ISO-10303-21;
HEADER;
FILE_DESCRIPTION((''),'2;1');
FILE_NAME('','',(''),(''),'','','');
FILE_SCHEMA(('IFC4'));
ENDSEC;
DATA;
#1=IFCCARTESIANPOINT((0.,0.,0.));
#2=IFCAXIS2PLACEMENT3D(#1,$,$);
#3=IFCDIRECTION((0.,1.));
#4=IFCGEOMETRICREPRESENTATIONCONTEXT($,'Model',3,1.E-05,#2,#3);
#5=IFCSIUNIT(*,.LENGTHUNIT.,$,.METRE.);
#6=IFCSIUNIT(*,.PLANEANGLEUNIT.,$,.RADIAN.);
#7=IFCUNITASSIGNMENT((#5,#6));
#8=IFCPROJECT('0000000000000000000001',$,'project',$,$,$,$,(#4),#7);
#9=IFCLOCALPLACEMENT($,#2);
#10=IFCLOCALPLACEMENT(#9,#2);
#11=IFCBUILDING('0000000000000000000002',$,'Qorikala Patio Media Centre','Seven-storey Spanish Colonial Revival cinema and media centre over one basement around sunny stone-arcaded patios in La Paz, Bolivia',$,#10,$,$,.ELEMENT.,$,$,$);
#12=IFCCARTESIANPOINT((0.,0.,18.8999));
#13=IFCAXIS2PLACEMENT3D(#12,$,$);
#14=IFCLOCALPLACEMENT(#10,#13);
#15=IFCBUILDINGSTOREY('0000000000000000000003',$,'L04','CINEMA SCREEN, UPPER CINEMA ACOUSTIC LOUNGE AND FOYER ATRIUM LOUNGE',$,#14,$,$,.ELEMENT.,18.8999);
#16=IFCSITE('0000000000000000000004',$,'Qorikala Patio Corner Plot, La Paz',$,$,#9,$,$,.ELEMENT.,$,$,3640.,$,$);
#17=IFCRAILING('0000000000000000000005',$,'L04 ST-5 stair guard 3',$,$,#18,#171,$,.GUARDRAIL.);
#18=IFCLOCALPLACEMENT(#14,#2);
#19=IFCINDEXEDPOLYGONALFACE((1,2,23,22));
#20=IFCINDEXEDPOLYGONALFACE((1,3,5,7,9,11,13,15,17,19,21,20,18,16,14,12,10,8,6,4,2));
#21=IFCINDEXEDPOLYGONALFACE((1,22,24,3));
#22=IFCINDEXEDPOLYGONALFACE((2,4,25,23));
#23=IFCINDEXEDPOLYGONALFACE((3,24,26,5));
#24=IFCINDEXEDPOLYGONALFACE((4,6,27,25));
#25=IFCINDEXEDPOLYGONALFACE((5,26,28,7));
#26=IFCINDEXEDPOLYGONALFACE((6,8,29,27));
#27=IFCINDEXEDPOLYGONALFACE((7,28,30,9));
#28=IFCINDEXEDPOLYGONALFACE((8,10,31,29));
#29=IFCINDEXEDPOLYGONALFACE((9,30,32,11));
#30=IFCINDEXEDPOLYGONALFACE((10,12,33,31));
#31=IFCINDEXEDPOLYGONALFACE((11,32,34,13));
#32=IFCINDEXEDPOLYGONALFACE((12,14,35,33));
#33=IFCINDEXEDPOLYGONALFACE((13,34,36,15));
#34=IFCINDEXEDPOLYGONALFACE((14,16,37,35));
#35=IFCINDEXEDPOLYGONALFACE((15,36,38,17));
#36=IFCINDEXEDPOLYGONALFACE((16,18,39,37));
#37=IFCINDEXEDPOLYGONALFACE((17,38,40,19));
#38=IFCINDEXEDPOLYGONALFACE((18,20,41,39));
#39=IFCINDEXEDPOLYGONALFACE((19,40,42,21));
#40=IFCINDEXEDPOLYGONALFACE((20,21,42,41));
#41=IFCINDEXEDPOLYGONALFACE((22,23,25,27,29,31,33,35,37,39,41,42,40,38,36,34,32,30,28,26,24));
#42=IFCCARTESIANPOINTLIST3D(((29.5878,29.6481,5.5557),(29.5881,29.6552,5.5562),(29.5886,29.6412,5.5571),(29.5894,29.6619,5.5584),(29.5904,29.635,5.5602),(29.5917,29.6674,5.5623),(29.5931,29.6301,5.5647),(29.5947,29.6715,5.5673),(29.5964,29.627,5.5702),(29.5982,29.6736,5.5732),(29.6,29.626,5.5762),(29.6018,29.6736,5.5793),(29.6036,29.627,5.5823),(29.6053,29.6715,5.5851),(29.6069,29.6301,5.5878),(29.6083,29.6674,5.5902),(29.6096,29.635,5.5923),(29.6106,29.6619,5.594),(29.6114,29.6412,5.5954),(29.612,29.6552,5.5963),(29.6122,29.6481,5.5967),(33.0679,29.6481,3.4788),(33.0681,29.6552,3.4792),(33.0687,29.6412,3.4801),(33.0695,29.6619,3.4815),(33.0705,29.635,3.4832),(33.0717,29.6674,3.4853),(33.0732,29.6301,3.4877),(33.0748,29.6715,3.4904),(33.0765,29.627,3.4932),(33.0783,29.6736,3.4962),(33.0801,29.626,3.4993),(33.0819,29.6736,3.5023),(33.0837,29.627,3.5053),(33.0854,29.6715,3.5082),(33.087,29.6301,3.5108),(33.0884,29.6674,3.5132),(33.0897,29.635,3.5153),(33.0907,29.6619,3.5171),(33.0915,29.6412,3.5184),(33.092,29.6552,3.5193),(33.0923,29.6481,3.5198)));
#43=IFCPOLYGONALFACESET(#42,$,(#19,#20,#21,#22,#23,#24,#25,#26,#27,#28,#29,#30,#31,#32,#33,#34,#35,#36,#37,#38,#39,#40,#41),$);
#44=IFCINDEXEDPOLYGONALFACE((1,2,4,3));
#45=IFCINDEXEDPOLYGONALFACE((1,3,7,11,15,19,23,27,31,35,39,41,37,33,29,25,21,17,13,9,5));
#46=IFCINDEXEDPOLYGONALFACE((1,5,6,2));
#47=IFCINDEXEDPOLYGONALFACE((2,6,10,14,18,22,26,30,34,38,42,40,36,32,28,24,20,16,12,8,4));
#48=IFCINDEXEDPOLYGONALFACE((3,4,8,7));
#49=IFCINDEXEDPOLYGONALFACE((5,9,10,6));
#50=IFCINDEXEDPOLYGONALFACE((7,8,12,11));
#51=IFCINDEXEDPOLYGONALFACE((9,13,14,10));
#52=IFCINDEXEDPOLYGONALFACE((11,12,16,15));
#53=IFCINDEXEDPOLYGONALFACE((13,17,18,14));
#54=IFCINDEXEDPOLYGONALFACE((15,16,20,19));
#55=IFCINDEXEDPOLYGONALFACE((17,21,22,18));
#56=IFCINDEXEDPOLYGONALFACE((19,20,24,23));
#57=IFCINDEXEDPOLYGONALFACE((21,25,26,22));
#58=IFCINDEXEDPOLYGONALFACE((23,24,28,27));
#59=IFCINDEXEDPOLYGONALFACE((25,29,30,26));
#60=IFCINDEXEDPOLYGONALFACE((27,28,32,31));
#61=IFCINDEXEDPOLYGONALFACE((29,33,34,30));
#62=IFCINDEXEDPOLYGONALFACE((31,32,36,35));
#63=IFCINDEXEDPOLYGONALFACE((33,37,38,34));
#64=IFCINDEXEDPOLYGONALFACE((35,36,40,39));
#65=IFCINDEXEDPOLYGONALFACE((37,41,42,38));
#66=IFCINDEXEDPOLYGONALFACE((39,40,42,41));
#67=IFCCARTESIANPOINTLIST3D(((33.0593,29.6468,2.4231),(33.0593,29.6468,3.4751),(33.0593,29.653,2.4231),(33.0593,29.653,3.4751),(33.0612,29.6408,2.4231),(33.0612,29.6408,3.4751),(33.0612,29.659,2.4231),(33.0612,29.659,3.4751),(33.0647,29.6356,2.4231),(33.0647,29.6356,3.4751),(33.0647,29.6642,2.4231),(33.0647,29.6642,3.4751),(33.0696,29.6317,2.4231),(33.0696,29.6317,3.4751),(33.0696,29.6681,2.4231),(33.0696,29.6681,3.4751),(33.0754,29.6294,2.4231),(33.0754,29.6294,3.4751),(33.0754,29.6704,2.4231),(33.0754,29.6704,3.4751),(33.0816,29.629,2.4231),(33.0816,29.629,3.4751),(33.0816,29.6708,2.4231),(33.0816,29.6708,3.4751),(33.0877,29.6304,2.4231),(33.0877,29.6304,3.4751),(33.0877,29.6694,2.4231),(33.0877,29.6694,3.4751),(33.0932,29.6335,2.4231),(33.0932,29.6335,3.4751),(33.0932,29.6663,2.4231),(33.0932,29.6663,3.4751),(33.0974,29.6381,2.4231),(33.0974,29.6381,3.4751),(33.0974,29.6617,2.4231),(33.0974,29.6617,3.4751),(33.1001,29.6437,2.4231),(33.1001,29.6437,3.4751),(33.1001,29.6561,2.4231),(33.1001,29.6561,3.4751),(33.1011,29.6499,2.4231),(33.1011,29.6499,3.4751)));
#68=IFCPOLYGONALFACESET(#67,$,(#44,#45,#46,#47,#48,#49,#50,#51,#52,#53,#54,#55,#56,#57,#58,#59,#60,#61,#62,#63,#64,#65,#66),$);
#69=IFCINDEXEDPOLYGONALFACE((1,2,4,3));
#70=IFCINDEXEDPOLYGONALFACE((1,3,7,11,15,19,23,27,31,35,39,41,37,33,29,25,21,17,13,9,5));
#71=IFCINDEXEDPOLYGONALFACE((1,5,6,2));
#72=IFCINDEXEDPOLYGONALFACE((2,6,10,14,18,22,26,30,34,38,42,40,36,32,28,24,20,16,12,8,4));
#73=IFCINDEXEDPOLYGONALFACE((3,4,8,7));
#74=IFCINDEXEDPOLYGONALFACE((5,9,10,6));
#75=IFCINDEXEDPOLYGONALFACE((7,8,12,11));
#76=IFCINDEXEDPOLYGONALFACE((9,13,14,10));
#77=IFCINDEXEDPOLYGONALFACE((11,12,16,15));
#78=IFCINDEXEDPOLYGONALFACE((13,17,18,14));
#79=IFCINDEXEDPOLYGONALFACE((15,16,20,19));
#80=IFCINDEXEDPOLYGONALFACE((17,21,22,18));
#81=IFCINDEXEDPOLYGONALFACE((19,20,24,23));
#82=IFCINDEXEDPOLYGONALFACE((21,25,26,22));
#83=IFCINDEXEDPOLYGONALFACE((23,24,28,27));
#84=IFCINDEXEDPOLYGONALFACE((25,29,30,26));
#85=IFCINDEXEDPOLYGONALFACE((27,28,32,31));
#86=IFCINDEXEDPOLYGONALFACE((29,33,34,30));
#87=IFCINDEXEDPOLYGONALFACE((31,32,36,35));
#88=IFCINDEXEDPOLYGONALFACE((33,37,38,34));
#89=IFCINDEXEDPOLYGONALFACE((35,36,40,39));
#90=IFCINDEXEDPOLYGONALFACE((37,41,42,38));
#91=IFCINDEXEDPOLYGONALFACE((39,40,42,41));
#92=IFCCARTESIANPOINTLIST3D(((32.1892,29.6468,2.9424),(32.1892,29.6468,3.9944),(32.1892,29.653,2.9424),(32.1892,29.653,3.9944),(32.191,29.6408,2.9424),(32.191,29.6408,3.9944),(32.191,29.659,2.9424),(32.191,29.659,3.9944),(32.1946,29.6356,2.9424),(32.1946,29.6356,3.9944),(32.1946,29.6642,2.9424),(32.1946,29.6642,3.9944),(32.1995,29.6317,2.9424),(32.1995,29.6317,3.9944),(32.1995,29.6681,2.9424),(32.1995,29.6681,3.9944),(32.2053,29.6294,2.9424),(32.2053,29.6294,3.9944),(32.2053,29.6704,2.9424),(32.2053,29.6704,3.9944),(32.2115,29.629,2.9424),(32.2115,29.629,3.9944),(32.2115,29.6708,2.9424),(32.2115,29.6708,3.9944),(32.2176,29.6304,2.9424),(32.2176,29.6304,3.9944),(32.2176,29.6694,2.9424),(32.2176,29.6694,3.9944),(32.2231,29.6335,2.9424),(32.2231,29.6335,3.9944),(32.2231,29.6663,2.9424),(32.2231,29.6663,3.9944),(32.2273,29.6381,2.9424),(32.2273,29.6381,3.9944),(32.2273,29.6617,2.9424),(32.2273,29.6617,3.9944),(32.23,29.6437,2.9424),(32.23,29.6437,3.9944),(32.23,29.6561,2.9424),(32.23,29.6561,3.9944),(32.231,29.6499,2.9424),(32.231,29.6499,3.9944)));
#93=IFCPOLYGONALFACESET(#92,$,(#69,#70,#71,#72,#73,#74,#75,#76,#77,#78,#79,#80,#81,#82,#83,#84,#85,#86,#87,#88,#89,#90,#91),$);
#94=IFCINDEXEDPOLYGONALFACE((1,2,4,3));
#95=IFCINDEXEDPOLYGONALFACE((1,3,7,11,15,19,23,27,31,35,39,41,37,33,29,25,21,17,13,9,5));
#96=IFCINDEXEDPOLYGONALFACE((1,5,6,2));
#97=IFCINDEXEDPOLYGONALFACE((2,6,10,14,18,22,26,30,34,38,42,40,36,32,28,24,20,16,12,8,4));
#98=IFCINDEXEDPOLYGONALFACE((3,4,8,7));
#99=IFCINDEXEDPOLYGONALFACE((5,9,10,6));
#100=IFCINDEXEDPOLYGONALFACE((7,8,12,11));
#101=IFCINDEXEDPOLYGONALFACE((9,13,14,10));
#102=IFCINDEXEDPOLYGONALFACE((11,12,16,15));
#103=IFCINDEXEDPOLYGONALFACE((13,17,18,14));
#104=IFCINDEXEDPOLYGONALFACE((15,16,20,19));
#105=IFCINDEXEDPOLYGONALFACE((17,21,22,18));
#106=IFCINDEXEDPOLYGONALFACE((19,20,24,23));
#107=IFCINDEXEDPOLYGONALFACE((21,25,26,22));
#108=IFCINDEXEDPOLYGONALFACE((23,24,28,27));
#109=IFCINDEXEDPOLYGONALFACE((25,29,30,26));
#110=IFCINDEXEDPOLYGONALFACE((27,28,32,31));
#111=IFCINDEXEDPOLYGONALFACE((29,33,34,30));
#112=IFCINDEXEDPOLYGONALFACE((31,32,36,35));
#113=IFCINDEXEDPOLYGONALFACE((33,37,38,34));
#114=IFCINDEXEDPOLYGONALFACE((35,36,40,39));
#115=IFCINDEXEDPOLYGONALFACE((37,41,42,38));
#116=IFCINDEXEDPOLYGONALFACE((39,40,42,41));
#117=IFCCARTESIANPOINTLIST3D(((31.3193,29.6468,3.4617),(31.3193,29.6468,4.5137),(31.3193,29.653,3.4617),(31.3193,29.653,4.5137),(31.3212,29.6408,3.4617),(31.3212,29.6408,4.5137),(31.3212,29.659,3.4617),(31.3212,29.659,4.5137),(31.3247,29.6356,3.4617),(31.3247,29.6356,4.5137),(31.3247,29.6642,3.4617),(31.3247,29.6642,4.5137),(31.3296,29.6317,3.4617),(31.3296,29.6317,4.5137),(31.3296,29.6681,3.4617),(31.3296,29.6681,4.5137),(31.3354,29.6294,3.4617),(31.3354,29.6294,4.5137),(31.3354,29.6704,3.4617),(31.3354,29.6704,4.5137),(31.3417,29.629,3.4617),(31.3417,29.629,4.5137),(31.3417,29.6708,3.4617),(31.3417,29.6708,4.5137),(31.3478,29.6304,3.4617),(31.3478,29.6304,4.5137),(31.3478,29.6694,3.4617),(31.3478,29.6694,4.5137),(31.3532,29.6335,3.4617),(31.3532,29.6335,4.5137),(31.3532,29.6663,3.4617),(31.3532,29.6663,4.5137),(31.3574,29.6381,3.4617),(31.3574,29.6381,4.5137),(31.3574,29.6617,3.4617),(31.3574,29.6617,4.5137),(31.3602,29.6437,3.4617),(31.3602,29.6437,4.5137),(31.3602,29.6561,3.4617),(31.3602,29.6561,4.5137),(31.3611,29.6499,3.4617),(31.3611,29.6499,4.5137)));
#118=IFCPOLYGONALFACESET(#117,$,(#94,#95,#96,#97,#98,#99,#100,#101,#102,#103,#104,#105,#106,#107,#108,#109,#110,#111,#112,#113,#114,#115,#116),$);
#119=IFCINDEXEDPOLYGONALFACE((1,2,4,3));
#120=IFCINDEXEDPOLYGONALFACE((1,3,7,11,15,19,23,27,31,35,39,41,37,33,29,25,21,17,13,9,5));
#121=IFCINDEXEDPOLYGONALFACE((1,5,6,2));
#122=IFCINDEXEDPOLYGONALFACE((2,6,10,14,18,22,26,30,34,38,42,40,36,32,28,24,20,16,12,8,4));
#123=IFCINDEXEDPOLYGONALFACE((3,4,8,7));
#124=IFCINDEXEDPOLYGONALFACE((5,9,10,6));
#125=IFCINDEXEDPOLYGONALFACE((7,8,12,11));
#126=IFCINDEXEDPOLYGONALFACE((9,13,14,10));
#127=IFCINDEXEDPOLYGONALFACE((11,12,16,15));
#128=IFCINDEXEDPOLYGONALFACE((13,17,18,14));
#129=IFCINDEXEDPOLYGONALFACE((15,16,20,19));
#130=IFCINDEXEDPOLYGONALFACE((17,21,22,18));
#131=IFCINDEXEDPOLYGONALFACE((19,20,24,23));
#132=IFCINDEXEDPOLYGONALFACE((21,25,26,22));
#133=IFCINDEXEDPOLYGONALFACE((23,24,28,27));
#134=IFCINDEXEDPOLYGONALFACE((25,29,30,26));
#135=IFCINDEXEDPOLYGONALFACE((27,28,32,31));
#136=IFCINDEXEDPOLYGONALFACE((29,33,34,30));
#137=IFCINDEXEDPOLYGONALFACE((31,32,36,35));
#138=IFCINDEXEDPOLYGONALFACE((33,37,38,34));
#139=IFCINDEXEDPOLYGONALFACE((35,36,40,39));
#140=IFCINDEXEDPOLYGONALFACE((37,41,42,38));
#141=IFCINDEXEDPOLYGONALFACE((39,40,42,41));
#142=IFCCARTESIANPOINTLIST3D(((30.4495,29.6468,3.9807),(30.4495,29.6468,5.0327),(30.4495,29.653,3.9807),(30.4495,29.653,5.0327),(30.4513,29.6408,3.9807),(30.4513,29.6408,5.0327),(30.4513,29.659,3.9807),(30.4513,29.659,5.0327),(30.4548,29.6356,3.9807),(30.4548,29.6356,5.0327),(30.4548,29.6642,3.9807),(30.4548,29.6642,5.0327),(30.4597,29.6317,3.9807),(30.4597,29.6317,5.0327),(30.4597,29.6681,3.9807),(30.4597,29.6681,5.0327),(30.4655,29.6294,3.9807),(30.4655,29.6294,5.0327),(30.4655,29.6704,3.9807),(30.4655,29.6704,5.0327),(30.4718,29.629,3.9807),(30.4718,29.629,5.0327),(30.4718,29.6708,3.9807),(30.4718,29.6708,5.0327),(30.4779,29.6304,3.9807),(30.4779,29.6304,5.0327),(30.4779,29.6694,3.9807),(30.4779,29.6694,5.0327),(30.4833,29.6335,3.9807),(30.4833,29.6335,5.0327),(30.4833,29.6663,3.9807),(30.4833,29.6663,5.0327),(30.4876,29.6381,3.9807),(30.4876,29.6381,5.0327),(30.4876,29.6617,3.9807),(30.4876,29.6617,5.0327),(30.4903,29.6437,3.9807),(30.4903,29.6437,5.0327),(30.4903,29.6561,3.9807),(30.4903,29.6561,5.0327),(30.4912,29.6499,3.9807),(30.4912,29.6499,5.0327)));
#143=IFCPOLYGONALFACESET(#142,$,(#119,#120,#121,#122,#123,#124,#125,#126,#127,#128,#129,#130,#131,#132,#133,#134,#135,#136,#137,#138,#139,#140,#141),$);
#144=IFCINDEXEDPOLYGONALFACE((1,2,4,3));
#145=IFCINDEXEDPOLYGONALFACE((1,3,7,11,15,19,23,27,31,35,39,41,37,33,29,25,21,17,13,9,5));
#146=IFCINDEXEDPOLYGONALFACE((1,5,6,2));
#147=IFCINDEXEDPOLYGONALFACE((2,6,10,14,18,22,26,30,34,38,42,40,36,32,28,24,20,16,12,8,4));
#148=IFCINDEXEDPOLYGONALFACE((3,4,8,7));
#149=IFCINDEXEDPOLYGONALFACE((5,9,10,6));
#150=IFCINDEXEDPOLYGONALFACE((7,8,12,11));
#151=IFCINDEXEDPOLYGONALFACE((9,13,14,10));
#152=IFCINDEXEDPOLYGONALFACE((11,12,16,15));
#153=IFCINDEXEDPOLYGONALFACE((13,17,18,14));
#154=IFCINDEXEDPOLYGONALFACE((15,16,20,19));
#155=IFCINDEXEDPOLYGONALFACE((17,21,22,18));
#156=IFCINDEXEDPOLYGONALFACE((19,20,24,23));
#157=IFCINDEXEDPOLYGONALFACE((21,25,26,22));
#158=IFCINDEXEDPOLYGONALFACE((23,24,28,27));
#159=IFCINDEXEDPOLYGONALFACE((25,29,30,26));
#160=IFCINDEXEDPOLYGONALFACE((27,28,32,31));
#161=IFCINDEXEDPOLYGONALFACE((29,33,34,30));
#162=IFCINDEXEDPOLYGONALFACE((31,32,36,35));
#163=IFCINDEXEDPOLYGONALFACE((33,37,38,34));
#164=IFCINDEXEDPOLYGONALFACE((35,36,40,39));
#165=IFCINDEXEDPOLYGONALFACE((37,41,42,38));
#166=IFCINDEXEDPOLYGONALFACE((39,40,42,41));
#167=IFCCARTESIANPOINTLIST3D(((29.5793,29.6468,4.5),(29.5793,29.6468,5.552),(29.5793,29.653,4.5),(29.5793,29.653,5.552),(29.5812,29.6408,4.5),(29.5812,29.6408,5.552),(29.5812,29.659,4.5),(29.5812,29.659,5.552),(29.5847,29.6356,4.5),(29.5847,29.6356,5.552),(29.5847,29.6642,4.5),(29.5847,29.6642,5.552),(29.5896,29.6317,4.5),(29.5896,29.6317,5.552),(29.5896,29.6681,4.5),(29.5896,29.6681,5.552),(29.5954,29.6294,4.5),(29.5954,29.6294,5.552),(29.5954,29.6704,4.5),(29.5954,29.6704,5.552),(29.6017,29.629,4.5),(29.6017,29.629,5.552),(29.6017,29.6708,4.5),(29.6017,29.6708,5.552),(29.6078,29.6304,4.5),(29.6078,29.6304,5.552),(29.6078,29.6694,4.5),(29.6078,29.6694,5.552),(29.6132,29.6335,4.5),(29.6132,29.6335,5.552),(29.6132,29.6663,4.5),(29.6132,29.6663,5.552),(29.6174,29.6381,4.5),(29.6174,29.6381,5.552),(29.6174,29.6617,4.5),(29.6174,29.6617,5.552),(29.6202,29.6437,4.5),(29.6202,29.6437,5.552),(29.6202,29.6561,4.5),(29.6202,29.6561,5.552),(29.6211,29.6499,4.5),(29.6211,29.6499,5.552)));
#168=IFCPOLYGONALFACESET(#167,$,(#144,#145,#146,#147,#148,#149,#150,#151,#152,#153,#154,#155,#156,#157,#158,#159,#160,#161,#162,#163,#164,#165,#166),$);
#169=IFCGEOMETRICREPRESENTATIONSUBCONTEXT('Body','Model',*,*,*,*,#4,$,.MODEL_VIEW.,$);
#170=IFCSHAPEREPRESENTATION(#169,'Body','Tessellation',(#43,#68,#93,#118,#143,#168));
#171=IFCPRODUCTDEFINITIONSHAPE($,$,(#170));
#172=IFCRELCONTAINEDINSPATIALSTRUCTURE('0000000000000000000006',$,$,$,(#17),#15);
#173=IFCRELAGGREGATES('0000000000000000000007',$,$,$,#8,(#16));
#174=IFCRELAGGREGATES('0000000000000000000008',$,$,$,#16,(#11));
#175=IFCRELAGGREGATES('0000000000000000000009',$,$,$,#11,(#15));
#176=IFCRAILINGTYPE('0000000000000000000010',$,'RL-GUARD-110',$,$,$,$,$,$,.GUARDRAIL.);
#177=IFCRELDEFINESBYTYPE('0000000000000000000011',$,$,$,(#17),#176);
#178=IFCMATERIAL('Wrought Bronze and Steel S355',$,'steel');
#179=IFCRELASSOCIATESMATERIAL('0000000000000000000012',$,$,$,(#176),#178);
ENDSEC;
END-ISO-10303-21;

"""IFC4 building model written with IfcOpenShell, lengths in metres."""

from ifc_helpers import new_model, si_unit, direction, frame, origin, origin_2d, place, context, subcontext, project, spatial, circle, extrude, material, type_object, element, save


model = new_model("IFC4")

# Units and contexts
model_context = context("Model", 3, precision=1e-05, world=origin(), true_north=direction((0.0, 1.0)))
body_context = subcontext(model_context, "Body", "Model", "MODEL_VIEW")
ifc_project = project(units=[si_unit("LENGTHUNIT", "METRE"), si_unit("PLANEANGLEUNIT", "RADIAN")], contexts=[model_context])

# Site, building, storey
site_placement = place(None, origin())
site = spatial("IfcSite", under=ifc_project, at=site_placement, Name="Qorikala Patio Corner Plot, La Paz", CompositionType="ELEMENT", RefElevation=3640.0)
building_placement = place(site_placement, origin())
building = spatial("IfcBuilding", under=site, at=building_placement, Name="Qorikala Patio Media Centre", Description="Seven-storey Spanish Colonial Revival cinema and media centre over one basement around sunny stone-arcaded patios in La Paz, Bolivia", CompositionType="ELEMENT")
storey_placement = place(building_placement, frame((0.0, 0.0, 18.8999)))
storey = spatial("IfcBuildingStorey", under=building, at=storey_placement, Name="L04", Description="CINEMA SCREEN, UPPER CINEMA ACOUSTIC LOUNGE AND FOYER ATRIUM LOUNGE", CompositionType="ELEMENT", Elevation=18.8999)

# Railing
ifc_material_1 = material(Name="Wrought Bronze and Steel S355", Category="steel")
railing_type_1 = type_object("IfcRailingType", Name="RL-GUARD-110", PredefinedType="GUARDRAIL", material=ifc_material_1)
railing_1_placement = place(storey_placement, frame((33.0801, 29.6499, 2.4231)))
element("IfcRailing", 1, at=railing_1_placement, inside=storey, type_object=railing_type_1, Name="L04 ST-5 stair guard 3", PredefinedType="GUARDRAIL", context=body_context, shape_type="SweptSolid", body=[
    extrude(circle(Radius=0.0239, at=origin_2d()), frame((0.0, 0.0, 1.0762), z_axis=(-0.858697, 0.0, 0.512483), x_axis=(0.0, -1.0, 0.0)), (0.0, 0.0, 1.0), 4.0527),
    extrude(circle(Radius=0.021, at=origin_2d()), origin(), (0.0, 0.0, 1.0), 1.052),
    extrude(circle(Radius=0.021, at=origin_2d()), frame((-0.8701, 0.0, 0.5193)), (0.0, 0.0, 1.0), 1.052),
    extrude(circle(Radius=0.021, at=origin_2d()), frame((-1.74, 0.0, 1.0386)), (0.0, 0.0, 1.0), 1.052),
    extrude(circle(Radius=0.021, at=origin_2d()), frame((-2.6099, 0.0, 1.5576)), (0.0, 0.0, 1.0), 1.052),
    extrude(circle(Radius=0.021, at=origin_2d()), frame((-3.48, 0.0, 2.0769)), (0.0, 0.0, 1.0), 1.052),
])

save(model, "model.ifc")
